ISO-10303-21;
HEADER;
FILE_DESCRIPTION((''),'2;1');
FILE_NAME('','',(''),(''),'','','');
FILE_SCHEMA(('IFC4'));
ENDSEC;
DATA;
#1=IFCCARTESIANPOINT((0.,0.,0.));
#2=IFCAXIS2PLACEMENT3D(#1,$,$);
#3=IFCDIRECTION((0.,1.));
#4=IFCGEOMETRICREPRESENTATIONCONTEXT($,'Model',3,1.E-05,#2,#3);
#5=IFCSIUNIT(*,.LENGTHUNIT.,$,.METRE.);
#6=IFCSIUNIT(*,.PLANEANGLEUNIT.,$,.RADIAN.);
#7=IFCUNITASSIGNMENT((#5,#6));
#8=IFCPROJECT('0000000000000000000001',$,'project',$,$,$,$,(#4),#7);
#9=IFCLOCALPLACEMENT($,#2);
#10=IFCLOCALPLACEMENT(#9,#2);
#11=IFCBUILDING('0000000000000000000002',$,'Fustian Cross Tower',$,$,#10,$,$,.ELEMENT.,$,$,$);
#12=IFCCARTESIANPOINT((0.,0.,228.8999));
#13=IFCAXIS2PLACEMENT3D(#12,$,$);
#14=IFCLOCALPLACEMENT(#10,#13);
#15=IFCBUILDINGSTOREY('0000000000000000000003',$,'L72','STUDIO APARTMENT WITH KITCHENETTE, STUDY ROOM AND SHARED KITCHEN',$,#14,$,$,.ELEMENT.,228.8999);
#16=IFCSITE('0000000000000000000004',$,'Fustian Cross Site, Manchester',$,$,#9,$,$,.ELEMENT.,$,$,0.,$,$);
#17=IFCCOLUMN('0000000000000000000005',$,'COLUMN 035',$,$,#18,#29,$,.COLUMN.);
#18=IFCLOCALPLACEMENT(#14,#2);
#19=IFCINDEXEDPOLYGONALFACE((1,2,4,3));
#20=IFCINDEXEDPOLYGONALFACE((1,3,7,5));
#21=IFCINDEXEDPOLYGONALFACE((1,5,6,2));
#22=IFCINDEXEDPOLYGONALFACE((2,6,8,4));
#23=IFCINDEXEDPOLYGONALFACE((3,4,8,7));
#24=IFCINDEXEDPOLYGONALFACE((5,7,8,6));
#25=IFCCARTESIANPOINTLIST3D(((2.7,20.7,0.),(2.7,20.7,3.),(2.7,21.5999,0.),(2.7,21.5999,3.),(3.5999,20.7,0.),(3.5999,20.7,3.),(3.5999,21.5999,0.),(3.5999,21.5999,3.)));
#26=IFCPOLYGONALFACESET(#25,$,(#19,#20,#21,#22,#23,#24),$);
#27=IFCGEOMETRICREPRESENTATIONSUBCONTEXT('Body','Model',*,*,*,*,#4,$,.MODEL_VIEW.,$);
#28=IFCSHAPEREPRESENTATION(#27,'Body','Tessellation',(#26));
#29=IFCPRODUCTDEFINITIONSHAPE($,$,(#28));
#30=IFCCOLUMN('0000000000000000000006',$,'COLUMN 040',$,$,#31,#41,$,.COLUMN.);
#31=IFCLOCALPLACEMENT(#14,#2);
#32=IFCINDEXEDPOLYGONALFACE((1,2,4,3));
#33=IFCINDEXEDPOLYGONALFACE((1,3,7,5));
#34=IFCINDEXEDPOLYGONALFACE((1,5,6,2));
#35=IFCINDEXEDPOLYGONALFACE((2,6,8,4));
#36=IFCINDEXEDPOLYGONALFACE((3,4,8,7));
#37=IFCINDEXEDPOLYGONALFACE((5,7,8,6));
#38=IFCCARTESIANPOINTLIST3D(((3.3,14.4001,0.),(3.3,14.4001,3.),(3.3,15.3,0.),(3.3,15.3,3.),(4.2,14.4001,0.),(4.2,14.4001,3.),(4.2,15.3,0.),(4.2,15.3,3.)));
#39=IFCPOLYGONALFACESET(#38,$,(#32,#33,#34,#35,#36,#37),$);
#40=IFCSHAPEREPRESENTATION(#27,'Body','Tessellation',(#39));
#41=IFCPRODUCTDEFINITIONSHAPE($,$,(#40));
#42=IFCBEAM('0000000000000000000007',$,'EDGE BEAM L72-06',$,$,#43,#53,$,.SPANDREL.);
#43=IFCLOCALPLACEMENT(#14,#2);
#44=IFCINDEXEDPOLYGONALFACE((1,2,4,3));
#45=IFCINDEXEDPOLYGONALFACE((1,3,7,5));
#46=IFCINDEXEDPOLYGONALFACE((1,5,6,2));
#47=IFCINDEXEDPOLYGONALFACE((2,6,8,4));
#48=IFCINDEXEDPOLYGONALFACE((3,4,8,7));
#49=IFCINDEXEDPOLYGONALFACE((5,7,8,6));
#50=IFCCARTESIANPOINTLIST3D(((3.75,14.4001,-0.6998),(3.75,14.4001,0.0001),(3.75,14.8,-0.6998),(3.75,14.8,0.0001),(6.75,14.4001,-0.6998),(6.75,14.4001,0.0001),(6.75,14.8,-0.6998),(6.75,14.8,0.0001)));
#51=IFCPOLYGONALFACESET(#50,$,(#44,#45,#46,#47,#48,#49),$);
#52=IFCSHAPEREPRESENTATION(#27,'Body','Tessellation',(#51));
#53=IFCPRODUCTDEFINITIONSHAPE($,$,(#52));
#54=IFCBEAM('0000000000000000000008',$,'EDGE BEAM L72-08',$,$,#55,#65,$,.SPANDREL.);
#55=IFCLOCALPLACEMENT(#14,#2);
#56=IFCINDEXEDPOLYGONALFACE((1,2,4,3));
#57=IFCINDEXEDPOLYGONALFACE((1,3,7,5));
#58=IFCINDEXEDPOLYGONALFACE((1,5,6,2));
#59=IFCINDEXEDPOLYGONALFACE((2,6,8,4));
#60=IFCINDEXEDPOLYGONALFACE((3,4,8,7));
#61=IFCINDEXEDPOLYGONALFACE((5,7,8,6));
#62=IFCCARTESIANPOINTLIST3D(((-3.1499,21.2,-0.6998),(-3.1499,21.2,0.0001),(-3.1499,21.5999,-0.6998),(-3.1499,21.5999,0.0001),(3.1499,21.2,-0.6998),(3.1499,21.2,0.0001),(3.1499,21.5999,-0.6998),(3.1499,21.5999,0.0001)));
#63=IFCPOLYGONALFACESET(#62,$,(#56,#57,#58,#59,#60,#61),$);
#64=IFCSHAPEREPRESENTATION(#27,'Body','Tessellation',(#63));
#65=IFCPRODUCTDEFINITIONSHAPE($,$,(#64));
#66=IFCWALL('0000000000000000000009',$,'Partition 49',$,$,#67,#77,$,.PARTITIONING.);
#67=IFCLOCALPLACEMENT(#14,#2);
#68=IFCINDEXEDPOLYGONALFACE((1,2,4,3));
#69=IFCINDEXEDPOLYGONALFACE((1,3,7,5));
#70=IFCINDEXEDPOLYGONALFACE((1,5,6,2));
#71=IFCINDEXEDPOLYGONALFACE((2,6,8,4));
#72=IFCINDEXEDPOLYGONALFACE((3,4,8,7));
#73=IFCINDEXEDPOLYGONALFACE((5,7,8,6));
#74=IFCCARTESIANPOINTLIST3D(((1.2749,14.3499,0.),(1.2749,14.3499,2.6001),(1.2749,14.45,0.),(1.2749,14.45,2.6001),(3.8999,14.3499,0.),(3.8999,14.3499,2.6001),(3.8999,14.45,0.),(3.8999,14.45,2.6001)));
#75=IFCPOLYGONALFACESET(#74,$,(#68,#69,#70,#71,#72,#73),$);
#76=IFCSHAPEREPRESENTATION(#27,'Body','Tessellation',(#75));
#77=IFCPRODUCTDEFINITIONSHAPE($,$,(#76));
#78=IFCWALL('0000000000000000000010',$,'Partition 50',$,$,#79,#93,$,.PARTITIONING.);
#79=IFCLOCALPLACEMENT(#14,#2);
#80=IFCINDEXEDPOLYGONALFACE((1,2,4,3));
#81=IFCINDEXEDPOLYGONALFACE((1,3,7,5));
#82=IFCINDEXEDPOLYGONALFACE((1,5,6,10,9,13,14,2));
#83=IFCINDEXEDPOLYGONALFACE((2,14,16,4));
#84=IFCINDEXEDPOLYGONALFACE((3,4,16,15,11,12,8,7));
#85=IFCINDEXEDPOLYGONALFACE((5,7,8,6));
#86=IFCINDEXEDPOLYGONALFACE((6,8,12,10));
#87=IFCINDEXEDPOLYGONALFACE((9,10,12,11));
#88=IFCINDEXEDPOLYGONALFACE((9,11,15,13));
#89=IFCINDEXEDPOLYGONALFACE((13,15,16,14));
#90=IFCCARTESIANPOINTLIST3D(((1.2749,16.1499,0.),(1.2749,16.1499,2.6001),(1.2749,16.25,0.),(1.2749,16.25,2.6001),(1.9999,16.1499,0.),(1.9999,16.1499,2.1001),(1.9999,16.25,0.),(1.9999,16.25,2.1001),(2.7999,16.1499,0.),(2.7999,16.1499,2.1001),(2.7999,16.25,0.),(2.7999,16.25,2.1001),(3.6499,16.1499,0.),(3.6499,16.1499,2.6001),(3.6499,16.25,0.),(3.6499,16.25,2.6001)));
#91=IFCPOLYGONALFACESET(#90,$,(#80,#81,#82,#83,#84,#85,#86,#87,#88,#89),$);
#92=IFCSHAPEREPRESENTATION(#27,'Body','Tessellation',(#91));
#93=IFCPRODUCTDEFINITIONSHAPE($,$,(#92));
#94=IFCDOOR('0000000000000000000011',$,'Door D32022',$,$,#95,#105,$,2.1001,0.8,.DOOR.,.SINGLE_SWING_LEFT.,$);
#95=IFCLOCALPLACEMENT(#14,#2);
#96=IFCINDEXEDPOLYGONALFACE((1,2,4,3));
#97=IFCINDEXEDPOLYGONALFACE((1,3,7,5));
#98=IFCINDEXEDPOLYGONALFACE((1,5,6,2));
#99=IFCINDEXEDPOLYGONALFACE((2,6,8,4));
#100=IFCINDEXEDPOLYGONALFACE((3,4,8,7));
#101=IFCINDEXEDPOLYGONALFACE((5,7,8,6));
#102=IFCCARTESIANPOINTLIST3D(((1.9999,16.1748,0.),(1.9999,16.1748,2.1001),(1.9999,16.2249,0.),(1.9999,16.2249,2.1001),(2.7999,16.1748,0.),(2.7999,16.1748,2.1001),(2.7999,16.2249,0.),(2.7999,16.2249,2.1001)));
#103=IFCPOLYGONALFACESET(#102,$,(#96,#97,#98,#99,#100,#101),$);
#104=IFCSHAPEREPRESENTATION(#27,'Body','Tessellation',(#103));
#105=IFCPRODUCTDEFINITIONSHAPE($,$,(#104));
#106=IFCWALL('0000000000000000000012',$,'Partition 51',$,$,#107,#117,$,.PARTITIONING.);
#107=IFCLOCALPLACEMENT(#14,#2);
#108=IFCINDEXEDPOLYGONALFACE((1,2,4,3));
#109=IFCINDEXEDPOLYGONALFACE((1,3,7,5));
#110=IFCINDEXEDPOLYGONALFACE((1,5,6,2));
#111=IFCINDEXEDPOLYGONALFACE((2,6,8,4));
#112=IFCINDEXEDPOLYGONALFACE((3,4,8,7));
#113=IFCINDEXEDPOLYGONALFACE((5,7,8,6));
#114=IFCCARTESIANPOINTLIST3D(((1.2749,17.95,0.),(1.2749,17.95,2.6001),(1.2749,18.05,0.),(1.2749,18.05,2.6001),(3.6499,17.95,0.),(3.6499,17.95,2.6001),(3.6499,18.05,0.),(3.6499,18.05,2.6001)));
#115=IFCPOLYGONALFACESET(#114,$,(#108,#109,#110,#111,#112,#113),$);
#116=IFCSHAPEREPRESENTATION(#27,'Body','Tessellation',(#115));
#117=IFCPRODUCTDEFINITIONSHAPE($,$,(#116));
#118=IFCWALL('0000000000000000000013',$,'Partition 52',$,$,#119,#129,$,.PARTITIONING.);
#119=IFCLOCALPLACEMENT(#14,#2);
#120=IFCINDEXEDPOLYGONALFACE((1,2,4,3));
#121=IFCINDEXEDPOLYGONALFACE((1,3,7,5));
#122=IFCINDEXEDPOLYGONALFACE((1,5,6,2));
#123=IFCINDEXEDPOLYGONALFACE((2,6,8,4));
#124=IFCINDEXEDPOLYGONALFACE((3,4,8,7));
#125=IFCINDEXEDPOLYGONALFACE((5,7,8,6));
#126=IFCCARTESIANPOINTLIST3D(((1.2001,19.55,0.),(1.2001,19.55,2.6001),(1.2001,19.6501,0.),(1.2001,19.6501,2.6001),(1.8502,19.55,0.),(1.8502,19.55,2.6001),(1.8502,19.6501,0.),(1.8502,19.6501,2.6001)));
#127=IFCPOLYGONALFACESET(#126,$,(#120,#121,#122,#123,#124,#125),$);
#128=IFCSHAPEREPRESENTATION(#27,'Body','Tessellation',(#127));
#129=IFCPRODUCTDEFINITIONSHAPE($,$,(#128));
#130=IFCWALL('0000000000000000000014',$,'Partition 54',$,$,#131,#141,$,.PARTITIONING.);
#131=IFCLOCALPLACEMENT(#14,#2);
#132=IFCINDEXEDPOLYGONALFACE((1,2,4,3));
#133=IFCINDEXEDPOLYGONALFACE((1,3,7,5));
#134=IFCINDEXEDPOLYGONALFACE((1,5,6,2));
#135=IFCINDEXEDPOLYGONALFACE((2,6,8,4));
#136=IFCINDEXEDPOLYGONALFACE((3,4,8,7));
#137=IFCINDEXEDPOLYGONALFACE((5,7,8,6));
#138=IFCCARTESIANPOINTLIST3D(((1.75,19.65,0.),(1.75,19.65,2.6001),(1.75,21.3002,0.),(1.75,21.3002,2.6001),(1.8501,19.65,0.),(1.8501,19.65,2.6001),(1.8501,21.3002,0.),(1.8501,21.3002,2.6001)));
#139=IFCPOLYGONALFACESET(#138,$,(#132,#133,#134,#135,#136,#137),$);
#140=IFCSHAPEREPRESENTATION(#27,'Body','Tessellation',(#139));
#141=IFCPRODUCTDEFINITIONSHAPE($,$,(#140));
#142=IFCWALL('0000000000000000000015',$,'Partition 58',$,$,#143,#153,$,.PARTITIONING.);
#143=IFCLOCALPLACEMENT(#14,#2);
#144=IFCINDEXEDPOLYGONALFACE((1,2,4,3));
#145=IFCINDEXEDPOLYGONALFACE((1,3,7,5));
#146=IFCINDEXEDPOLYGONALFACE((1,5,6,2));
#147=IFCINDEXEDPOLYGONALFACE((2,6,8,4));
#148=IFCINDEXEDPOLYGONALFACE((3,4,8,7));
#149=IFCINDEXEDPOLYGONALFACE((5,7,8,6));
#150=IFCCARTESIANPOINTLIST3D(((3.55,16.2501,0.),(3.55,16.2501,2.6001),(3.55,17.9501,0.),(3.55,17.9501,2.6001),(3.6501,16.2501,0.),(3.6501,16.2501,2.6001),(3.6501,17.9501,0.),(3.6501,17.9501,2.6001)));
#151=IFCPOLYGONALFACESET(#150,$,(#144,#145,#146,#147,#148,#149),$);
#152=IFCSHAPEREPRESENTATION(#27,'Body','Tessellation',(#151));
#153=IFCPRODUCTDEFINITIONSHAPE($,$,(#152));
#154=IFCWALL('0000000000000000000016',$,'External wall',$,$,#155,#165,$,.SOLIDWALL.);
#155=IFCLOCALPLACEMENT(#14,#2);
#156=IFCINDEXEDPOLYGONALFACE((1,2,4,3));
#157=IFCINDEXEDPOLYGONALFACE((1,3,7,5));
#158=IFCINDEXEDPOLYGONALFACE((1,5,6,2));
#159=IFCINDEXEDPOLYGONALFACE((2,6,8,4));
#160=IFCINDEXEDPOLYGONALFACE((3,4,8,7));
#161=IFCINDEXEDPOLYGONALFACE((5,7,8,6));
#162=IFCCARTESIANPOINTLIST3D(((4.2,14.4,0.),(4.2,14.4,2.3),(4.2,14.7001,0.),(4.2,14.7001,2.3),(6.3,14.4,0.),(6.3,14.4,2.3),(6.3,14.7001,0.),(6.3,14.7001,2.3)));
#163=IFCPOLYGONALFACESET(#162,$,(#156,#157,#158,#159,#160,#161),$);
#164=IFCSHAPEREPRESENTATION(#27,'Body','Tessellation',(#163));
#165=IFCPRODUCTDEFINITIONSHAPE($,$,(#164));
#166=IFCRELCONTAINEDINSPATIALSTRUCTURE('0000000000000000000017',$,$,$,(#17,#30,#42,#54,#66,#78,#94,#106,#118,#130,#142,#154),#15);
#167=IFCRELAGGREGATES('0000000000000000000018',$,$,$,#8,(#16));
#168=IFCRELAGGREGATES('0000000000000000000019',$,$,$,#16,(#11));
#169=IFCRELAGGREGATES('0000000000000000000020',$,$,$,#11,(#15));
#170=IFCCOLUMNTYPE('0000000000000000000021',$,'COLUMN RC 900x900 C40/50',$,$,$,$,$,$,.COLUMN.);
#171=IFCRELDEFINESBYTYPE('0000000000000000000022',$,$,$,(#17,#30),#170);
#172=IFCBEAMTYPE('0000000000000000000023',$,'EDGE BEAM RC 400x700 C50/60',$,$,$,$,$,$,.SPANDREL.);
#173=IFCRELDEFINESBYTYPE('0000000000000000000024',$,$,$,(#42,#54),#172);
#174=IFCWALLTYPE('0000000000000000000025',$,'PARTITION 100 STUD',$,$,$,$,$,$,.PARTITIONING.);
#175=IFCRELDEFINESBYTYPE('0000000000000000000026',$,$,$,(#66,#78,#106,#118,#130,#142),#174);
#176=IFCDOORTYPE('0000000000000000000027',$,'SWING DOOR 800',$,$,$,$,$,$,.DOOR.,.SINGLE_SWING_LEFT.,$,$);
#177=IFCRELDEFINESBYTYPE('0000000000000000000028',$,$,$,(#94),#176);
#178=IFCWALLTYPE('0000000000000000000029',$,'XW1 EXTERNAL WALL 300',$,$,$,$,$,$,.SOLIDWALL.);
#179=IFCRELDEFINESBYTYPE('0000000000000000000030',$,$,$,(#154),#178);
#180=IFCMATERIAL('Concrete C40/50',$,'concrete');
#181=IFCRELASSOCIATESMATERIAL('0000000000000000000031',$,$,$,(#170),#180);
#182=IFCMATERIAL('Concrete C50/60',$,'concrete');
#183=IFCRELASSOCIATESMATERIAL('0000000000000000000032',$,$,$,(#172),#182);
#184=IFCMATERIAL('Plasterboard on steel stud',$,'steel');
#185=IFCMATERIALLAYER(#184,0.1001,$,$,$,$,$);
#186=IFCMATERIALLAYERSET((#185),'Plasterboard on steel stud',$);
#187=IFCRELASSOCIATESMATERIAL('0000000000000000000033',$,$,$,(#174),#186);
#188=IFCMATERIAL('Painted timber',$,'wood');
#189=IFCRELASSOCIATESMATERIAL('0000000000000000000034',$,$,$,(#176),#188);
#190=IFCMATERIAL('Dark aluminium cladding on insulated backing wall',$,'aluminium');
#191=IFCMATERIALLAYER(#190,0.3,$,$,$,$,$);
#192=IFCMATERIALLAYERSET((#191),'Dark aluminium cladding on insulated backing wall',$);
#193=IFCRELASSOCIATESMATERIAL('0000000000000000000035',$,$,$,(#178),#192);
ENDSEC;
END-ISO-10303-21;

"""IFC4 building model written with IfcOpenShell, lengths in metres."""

from ifc_helpers import new_model, si_unit, direction, frame, frame_2d, origin, origin_2d, place, context, subcontext, project, spatial, rectangle, extrude, material, layer, layer_set, material_profile, profile_set, type_object, element, fill, save


model = new_model("IFC4")

# Units and contexts
model_context = context("Model", 3, precision=1e-05, world=origin(), true_north=direction((0.0, 1.0)))
body_context = subcontext(model_context, "Body", "Model", "MODEL_VIEW")
ifc_project = project(units=[si_unit("LENGTHUNIT", "METRE"), si_unit("PLANEANGLEUNIT", "RADIAN")], contexts=[model_context])

# Site, building, storey
site_placement = place(None, origin())
site = spatial("IfcSite", under=ifc_project, at=site_placement, Name="Fustian Cross Site, Manchester", CompositionType="ELEMENT", RefElevation=0.0)
building_placement = place(site_placement, origin())
building = spatial("IfcBuilding", under=site, at=building_placement, Name="Fustian Cross Tower", CompositionType="ELEMENT")
storey_placement = place(building_placement, frame((0.0, 0.0, 228.8999)))
storey = spatial("IfcBuildingStorey", under=building, at=storey_placement, Name="L72", Description="STUDIO APARTMENT WITH KITCHENETTE, STUDY ROOM AND SHARED KITCHEN", CompositionType="ELEMENT", Elevation=228.8999)

# Columns
ifc_material_1 = material(Name="Concrete C40/50", Category="concrete")
ifc_material_profile_1 = material_profile(ifc_material_1, rectangle(XDim=0.8999, YDim=0.8999, at=origin_2d()), Name="RC 900x900")
ifc_profile_set_1 = profile_set([ifc_material_profile_1], Name="Concrete C40/50")
column_type = type_object("IfcColumnType", Name="COLUMN RC 900x900 C40/50", PredefinedType="COLUMN", material=ifc_profile_set_1)
for number, where, z_axis, x_axis, name in (
    (1, (3.1499, 21.1499, 0.0), (0.0, 0.0, 1.0), (1.0, 0.0, 0.0), "COLUMN 035"),
    (2, (3.75, 14.8501, 0.0), (0.0, 0.0, 1.0), (1.0, 0.0, 0.0), "COLUMN 040"),
):
    element("IfcColumn", number, at=place(storey_placement, frame(where, z_axis=z_axis, x_axis=x_axis)), inside=storey, type_object=column_type, Name=name, PredefinedType="COLUMN", context=body_context, shape_type="SweptSolid", body=[
        extrude(rectangle(XDim=0.8999, YDim=0.8999, at=origin_2d()), origin(), (0.0, 0.0, 1.0), 3.0),
    ])

# Beams
ifc_material_2 = material(Name="Concrete C50/60", Category="concrete")
ifc_material_profile_2 = material_profile(ifc_material_2, rectangle(XDim=0.3999, YDim=0.7, at=origin_2d()), Name="RC 400x700")
ifc_profile_set_2 = profile_set([ifc_material_profile_2], Name="Concrete C50/60")
beam_type = type_object("IfcBeamType", Name="EDGE BEAM RC 400x700 C50/60", PredefinedType="SPANDREL", material=ifc_profile_set_2)
beam_1_placement = place(storey_placement, frame((3.75, 14.6001, -0.3499), z_axis=(1.0, 0.0, 0.0), x_axis=(0.0, 1.0, 0.0)))
element("IfcBeam", 3, at=beam_1_placement, inside=storey, type_object=beam_type, Name="EDGE BEAM L72-06", PredefinedType="SPANDREL", context=body_context, shape_type="SweptSolid", body=[
    extrude(rectangle(XDim=0.3999, YDim=0.7, at=origin_2d()), origin(), (0.0, 0.0, 1.0), 3.0),
])
beam_2_placement = place(storey_placement, frame((3.1499, 21.3999, -0.3499), z_axis=(-1.0, 0.0, 0.0), x_axis=(0.0, -1.0, 0.0)))
element("IfcBeam", 4, at=beam_2_placement, inside=storey, type_object=beam_type, Name="EDGE BEAM L72-08", PredefinedType="SPANDREL", context=body_context, shape_type="SweptSolid", body=[
    extrude(rectangle(XDim=0.3999, YDim=0.7, at=origin_2d()), origin(), (0.0, 0.0, 1.0), 6.2998),
])

# Wall
ifc_material_3 = material(Name="Plasterboard on steel stud", Category="steel")
ifc_layer_1 = layer(ifc_material_3, 0.1001)
ifc_layer_set_1 = layer_set([ifc_layer_1], Name="Plasterboard on steel stud")
wall_type_1 = type_object("IfcWallType", Name="PARTITION 100 STUD", PredefinedType="PARTITIONING", material=ifc_layer_set_1)
wall_1_placement = place(storey_placement, frame((1.2749, 14.3999, 0.0), z_axis=(0.0, 0.0, 1.0), x_axis=(1.0, 0.0, 0.0)))
element("IfcWall", 5, at=wall_1_placement, inside=storey, type_object=wall_type_1, Name="Partition 49", PredefinedType="PARTITIONING", context=body_context, shape_type="SweptSolid", body=[
    extrude(rectangle(XDim=2.625, YDim=0.1001, at=frame_2d((1.3125, 0.0))), origin(), (0.0, 0.0, 1.0), 2.6001),
])

# Wall, opening, door
wall_2_placement = place(storey_placement, frame((1.2749, 16.2, 0.0), z_axis=(0.0, 0.0, 1.0), x_axis=(1.0, 0.0, 0.0)))
wall_2 = element("IfcWall", 6, at=wall_2_placement, inside=storey, type_object=wall_type_1, Name="Partition 50", PredefinedType="PARTITIONING", context=body_context, shape_type="SweptSolid", body=[
    extrude(rectangle(XDim=2.375, YDim=0.1001, at=frame_2d((1.1875, 0.0))), origin(), (0.0, 0.0, 1.0), 2.6001),
])
opening_1_placement = place(wall_2_placement, frame((0.7251, 0.0, 0.0)))
opening_1 = element("IfcOpeningElement", 7, at=opening_1_placement, cuts=wall_2, PredefinedType="OPENING", context=body_context, shape_type="SweptSolid", body=[
    extrude(rectangle(XDim=0.8, YDim=2.1001, at=frame_2d((0.3999, 1.05))), frame((0.0, 0.0601, 0.0), z_axis=(0.0, -1.0, 0.0), x_axis=(1.0, 0.0, 0.0)), (0.0, 0.0, 1.0), 0.1201),
])
ifc_material_4 = material(Name="Painted timber", Category="wood")
door_type = type_object("IfcDoorType", Name="SWING DOOR 800", OperationType="SINGLE_SWING_LEFT", PredefinedType="DOOR", material=ifc_material_4)
door_placement = place(opening_1_placement, origin())
door = element("IfcDoor", 8, at=door_placement, inside=storey, type_object=door_type, Name="Door D32022", OperationType="SINGLE_SWING_LEFT", OverallHeight=2.1001, OverallWidth=0.8, PredefinedType="DOOR", context=body_context, shape_type="SweptSolid", body=[
    extrude(rectangle(XDim=0.8, YDim=2.1001, at=frame_2d((0.3999, 1.05))), frame((0.0, 0.0249, 0.0), z_axis=(0.0, -1.0, 0.0), x_axis=(1.0, 0.0, 0.0)), (0.0, 0.0, 1.0), 0.05),
])
fill(opening_1, door)

# Walls
wall_3_placement = place(storey_placement, frame((1.2749, 18.0, 0.0), z_axis=(0.0, 0.0, 1.0), x_axis=(1.0, 0.0, 0.0)))
element("IfcWall", 9, at=wall_3_placement, inside=storey, type_object=wall_type_1, Name="Partition 51", PredefinedType="PARTITIONING", context=body_context, shape_type="SweptSolid", body=[
    extrude(rectangle(XDim=2.375, YDim=0.1001, at=frame_2d((1.1875, 0.0))), origin(), (0.0, 0.0, 1.0), 2.6001),
])
wall_4_placement = place(storey_placement, frame((1.2, 19.6001, 0.0), z_axis=(0.0, 0.0, 1.0), x_axis=(1.0, 0.0, 0.0)))
element("IfcWall", 10, at=wall_4_placement, inside=storey, type_object=wall_type_1, Name="Partition 52", PredefinedType="PARTITIONING", context=body_context, shape_type="SweptSolid", body=[
    extrude(rectangle(XDim=0.6501, YDim=0.1001, at=frame_2d((0.3252, 0.0))), origin(), (0.0, 0.0, 1.0), 2.6001),
])
wall_5_placement = place(storey_placement, frame((1.8, 19.6499, 0.0), z_axis=(0.0, 0.0, 1.0), x_axis=(0.0, 1.0, 0.0)))
element("IfcWall", 11, at=wall_5_placement, inside=storey, type_object=wall_type_1, Name="Partition 54", PredefinedType="PARTITIONING", context=body_context, shape_type="SweptSolid", body=[
    extrude(rectangle(XDim=1.6501, YDim=0.1001, at=frame_2d((0.8252, 0.0))), origin(), (0.0, 0.0, 1.0), 2.6001),
])
wall_6_placement = place(storey_placement, frame((3.6001, 16.25, 0.0), z_axis=(0.0, 0.0, 1.0), x_axis=(0.0, 1.0, 0.0)))
element("IfcWall", 12, at=wall_6_placement, inside=storey, type_object=wall_type_1, Name="Partition 58", PredefinedType="PARTITIONING", context=body_context, shape_type="SweptSolid", body=[
    extrude(rectangle(XDim=1.7, YDim=0.1001, at=frame_2d((0.8501, 0.0))), origin(), (0.0, 0.0, 1.0), 2.6001),
])
ifc_material_5 = material(Name="Dark aluminium cladding on insulated backing wall", Category="aluminium")
ifc_layer_2 = layer(ifc_material_5, 0.3)
ifc_layer_set_2 = layer_set([ifc_layer_2], Name="Dark aluminium cladding on insulated backing wall")
wall_type_2 = type_object("IfcWallType", Name="XW1 EXTERNAL WALL 300", PredefinedType="SOLIDWALL", material=ifc_layer_set_2)
wall_7_placement = place(storey_placement, frame((4.2, 14.55, 0.0), z_axis=(0.0, 0.0, 1.0), x_axis=(1.0, 0.0, 0.0)))
element("IfcWall", 13, at=wall_7_placement, inside=storey, type_object=wall_type_2, Name="External wall", PredefinedType="SOLIDWALL", context=body_context, shape_type="SweptSolid", body=[
    extrude(rectangle(XDim=2.1001, YDim=0.3, at=frame_2d((1.05, 0.0))), origin(), (0.0, 0.0, 1.0), 2.3),
])

save(model, "model.ifc")
